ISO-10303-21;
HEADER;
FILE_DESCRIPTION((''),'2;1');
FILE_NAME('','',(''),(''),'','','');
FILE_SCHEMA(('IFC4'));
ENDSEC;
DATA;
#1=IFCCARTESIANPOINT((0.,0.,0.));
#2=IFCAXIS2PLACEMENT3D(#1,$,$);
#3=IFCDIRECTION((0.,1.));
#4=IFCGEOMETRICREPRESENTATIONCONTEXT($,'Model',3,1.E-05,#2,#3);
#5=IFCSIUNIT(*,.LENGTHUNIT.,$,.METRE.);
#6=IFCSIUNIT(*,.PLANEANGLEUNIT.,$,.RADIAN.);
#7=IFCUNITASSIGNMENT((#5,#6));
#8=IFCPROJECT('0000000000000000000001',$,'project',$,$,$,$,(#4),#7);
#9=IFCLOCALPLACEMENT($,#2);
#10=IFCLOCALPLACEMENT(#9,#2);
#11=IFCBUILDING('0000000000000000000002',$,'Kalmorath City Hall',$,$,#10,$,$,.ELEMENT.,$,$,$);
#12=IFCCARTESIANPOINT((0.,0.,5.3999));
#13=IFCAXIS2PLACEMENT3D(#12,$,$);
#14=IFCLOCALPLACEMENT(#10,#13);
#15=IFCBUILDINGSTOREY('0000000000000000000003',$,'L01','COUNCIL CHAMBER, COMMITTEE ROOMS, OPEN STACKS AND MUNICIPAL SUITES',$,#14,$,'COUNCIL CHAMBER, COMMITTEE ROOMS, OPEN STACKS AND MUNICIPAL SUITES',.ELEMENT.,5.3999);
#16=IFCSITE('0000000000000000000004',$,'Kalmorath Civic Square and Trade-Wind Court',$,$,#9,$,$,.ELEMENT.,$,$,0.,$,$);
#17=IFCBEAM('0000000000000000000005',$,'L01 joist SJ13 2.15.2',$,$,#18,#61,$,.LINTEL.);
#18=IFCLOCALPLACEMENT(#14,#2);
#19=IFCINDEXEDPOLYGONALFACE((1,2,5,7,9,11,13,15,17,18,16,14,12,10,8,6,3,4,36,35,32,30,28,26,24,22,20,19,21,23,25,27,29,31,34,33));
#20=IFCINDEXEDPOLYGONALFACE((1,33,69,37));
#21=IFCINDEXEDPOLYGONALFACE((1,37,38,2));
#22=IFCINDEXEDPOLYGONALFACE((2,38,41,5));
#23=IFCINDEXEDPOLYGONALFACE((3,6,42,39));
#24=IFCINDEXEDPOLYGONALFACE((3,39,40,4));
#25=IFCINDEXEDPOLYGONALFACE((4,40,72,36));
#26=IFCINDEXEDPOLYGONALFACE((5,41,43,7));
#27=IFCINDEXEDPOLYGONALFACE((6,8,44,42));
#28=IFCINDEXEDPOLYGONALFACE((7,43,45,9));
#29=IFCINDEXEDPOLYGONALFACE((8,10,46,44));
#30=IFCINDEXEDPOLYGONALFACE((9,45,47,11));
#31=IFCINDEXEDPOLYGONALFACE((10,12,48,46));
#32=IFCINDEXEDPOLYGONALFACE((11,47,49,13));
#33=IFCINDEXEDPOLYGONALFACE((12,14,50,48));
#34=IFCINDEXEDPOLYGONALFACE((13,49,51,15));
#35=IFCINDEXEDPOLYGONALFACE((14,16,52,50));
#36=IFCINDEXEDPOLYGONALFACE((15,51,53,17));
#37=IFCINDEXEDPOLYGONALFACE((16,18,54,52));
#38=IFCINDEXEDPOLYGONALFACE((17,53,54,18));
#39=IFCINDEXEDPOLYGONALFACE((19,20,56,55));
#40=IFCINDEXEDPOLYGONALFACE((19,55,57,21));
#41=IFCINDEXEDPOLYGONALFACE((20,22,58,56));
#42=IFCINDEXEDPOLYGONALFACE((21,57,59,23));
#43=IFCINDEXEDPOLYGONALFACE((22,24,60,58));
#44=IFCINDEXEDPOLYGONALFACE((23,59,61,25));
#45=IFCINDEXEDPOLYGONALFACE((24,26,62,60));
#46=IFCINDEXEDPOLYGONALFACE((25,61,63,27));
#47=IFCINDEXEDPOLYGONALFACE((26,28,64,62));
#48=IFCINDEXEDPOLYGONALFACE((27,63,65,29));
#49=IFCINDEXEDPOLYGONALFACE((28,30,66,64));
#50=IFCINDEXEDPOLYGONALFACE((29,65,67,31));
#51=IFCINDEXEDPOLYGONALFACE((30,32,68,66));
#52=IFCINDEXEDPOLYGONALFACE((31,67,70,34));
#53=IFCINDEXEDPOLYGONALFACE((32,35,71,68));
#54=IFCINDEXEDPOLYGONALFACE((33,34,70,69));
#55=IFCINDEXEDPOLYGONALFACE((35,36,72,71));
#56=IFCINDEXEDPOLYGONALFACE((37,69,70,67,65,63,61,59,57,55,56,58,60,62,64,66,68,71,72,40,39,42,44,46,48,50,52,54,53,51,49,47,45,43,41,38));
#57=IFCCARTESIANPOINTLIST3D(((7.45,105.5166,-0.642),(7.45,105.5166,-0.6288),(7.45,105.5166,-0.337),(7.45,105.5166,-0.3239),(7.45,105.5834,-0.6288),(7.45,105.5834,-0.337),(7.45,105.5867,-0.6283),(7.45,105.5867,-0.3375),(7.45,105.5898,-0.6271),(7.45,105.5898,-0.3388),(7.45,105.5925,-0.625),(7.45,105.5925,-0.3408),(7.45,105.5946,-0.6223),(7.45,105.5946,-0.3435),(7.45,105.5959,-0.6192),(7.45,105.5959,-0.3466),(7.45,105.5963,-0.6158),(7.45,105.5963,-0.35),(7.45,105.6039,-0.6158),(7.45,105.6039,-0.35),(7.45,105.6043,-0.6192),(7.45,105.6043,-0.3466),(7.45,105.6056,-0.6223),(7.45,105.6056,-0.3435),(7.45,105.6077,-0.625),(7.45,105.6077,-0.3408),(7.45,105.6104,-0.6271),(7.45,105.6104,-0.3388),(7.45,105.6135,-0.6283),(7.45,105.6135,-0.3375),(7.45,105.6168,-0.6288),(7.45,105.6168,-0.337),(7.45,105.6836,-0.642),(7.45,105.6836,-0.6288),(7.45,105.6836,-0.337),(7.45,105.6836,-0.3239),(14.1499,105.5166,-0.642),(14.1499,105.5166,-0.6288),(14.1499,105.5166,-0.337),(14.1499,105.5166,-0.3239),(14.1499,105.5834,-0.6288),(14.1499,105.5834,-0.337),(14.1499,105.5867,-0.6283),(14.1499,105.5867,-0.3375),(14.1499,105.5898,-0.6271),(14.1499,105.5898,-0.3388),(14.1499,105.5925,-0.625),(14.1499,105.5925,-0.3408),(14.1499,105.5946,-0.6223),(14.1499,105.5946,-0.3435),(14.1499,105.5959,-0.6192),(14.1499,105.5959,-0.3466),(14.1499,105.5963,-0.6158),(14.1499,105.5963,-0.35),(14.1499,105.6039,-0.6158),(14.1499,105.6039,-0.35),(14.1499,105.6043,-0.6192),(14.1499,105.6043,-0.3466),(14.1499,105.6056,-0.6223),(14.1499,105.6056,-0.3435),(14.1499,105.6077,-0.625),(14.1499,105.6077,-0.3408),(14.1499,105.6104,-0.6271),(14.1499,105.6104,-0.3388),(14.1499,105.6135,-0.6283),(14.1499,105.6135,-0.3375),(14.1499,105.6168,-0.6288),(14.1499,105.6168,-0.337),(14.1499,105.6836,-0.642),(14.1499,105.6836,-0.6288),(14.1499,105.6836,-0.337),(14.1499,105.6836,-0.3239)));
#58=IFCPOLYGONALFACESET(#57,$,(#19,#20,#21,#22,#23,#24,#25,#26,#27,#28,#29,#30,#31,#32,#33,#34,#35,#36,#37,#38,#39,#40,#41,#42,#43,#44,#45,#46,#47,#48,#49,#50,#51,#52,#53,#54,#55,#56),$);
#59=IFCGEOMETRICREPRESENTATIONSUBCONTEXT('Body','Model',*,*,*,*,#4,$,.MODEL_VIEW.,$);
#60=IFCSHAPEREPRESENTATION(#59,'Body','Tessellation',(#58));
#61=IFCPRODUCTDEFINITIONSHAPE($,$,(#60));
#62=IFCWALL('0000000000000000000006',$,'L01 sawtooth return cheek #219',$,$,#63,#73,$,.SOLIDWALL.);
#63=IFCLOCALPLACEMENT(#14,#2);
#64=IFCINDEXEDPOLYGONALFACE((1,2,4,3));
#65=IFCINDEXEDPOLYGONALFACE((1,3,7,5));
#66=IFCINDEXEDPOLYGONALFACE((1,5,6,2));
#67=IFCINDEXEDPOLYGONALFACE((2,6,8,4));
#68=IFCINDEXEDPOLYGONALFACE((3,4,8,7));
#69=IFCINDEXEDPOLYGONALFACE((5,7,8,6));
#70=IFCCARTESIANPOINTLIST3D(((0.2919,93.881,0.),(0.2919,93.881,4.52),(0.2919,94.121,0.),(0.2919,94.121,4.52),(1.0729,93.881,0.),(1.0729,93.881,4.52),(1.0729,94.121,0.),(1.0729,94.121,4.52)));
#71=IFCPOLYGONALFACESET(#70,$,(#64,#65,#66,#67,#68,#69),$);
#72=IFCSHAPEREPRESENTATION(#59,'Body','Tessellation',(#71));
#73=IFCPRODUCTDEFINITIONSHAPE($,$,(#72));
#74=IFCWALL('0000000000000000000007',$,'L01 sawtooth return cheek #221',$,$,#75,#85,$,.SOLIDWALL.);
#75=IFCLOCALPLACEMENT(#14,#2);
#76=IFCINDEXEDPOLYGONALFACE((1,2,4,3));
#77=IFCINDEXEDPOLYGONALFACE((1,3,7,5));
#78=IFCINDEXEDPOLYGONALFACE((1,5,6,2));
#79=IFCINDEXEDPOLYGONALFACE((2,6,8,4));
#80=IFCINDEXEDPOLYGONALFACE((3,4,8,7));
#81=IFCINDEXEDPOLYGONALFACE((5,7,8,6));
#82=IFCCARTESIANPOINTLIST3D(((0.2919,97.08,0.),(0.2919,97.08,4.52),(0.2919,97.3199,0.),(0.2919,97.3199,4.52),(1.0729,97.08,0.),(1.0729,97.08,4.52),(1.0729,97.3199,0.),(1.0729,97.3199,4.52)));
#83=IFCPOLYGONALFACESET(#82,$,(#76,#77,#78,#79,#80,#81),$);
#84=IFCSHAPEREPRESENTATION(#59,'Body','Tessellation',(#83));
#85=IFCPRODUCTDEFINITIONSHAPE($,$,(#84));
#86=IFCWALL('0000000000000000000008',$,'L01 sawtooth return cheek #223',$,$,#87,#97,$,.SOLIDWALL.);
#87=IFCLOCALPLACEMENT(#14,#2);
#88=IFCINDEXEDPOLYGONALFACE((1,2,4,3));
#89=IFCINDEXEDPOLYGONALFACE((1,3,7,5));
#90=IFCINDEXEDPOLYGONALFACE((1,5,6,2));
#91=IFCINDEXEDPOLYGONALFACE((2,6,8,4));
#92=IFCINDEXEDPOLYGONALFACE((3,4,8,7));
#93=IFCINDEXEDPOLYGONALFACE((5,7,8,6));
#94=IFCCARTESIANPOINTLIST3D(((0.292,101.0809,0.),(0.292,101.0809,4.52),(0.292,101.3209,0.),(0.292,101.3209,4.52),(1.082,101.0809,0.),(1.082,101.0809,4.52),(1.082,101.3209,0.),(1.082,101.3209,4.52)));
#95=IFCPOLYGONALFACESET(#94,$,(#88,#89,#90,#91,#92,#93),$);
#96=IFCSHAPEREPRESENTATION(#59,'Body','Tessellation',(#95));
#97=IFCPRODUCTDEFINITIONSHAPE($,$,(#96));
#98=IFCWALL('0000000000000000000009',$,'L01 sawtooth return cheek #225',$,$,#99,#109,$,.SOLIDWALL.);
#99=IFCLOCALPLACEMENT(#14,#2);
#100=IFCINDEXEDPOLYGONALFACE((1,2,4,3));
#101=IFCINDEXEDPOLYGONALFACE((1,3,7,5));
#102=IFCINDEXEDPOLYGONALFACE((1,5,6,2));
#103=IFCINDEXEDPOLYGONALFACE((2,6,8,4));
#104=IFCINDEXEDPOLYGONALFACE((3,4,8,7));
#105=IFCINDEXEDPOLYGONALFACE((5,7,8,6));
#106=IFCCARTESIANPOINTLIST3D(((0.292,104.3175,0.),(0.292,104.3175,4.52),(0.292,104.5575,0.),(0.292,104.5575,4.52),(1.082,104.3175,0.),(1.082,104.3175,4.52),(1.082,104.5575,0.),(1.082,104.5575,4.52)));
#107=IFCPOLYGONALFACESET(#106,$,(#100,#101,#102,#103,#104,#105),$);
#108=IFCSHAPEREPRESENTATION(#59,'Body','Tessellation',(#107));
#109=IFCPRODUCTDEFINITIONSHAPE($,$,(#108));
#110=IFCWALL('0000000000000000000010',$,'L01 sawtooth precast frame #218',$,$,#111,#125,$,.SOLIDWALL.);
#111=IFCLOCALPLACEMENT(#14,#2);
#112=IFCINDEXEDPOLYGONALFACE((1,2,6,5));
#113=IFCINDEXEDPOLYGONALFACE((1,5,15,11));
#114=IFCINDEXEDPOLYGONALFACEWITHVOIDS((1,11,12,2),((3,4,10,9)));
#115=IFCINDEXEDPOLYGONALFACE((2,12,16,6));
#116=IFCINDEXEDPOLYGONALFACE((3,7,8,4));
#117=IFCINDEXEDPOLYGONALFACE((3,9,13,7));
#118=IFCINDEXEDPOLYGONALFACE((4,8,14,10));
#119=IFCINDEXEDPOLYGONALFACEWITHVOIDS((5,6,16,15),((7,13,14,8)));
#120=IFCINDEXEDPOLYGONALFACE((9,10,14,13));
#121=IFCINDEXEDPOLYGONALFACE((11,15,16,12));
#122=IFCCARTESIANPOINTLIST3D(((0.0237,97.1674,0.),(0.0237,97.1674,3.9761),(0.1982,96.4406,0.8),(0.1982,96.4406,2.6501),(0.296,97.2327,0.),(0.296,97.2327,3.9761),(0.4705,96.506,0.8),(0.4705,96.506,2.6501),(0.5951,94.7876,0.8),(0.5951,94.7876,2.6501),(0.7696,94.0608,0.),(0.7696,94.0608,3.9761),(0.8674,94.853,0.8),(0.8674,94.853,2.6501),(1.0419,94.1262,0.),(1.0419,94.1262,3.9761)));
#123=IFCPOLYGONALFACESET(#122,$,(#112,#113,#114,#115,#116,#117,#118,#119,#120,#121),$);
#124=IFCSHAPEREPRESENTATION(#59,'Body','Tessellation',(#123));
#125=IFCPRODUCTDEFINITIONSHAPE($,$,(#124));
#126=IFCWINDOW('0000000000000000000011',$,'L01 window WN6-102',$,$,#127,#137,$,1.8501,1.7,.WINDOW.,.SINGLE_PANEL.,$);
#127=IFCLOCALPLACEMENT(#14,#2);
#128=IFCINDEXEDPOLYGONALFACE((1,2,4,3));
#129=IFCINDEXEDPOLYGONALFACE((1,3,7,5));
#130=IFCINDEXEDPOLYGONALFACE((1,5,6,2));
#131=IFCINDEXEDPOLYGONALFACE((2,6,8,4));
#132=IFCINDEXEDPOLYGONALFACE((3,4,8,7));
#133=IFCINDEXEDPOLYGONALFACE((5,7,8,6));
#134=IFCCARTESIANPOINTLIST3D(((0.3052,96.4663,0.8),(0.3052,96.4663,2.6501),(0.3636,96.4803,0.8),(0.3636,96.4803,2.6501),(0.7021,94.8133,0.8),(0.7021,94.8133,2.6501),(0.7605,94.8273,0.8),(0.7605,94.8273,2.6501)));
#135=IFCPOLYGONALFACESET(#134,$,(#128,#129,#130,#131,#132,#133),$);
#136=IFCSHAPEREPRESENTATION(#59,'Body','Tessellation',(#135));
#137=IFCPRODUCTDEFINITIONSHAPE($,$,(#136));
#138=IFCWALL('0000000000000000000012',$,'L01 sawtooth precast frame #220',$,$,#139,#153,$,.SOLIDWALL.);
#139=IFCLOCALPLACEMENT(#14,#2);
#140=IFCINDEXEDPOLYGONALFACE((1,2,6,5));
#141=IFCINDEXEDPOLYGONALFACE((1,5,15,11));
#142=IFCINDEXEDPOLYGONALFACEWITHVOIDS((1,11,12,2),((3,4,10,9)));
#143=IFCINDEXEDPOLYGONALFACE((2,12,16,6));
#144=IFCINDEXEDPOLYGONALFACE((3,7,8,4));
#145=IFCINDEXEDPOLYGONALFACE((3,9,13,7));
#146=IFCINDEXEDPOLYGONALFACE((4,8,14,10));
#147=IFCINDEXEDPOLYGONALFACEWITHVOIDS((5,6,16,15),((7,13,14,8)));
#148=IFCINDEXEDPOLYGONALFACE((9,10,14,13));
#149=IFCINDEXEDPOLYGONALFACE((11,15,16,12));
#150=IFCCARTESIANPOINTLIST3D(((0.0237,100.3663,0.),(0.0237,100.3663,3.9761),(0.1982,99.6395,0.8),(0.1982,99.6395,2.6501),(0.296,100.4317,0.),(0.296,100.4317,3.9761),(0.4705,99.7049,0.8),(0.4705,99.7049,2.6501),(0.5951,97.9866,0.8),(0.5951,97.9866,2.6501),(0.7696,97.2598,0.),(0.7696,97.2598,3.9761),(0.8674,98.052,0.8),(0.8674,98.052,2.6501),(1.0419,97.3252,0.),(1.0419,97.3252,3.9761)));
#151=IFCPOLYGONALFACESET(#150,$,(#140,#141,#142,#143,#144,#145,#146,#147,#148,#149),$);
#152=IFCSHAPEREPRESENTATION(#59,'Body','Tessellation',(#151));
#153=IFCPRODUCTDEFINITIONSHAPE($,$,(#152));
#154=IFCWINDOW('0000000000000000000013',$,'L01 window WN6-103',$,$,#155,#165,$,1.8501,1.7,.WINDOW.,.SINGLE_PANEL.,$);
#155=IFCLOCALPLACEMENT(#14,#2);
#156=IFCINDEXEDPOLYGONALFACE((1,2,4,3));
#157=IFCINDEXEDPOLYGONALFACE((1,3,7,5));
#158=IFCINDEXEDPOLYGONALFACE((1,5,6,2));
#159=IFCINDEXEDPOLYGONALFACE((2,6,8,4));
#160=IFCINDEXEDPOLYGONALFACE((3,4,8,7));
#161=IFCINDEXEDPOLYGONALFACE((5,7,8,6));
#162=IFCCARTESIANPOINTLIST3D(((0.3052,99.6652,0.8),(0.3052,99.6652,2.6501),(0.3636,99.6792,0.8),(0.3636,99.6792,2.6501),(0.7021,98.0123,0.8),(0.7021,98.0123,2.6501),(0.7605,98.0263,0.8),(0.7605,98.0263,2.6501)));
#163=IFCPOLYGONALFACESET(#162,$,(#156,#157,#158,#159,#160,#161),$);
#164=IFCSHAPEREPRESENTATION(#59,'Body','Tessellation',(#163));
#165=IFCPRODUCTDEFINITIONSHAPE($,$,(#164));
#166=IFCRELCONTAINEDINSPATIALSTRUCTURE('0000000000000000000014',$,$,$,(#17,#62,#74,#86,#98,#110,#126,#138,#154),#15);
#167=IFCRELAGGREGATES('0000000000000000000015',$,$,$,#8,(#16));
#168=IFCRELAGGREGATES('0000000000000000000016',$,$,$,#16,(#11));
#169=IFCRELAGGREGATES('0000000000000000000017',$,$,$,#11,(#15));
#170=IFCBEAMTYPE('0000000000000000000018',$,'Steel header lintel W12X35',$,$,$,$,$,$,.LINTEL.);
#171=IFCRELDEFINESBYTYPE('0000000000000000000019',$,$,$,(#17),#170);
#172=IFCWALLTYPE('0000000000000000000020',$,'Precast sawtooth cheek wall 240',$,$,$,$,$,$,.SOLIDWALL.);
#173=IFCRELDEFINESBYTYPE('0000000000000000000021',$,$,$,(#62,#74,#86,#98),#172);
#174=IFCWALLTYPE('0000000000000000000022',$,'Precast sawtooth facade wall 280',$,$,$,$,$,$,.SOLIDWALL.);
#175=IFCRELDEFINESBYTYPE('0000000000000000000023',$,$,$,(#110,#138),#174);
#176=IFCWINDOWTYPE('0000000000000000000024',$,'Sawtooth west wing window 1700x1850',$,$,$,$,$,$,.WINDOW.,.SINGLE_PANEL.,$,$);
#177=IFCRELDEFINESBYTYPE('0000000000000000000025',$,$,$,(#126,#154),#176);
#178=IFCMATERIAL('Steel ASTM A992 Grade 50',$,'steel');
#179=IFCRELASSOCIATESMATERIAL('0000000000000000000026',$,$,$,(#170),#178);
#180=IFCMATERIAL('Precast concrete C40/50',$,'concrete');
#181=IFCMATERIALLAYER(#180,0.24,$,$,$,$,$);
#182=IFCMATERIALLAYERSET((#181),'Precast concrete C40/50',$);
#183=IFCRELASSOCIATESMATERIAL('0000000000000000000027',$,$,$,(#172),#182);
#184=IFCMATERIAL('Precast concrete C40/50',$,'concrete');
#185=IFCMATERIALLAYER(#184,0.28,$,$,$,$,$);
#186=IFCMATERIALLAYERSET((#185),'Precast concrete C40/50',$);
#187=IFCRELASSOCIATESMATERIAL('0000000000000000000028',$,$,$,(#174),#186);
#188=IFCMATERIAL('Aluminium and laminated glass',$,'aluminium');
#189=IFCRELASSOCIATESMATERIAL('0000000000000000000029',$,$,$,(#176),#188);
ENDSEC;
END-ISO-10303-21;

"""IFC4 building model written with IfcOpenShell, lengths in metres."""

from ifc_helpers import new_model, si_unit, direction, frame, frame_2d, origin, origin_2d, place, context, subcontext, project, spatial, rectangle, i_section, extrude, material, layer, layer_set, material_profile, profile_set, type_object, element, fill, save


model = new_model("IFC4")

# Units and contexts
model_context = context("Model", 3, precision=1e-05, world=origin(), true_north=direction((0.0, 1.0)))
body_context = subcontext(model_context, "Body", "Model", "MODEL_VIEW")
ifc_project = project(units=[si_unit("LENGTHUNIT", "METRE"), si_unit("PLANEANGLEUNIT", "RADIAN")], contexts=[model_context])

# Site, building, storey
site_placement = place(None, origin())
site = spatial("IfcSite", under=ifc_project, at=site_placement, Name="Kalmorath Civic Square and Trade-Wind Court", CompositionType="ELEMENT", RefElevation=0.0)
building_placement = place(site_placement, origin())
building = spatial("IfcBuilding", under=site, at=building_placement, Name="Kalmorath City Hall", CompositionType="ELEMENT")
storey_placement = place(building_placement, frame((0.0, 0.0, 5.3999)))
storey = spatial("IfcBuildingStorey", under=building, at=storey_placement, Name="L01", Description="COUNCIL CHAMBER, COMMITTEE ROOMS, OPEN STACKS AND MUNICIPAL SUITES", LongName="COUNCIL CHAMBER, COMMITTEE ROOMS, OPEN STACKS AND MUNICIPAL SUITES", CompositionType="ELEMENT", Elevation=5.3999)

# Beam
ifc_material_1 = material(Name="Steel ASTM A992 Grade 50", Category="steel")
ifc_material_profile_1 = material_profile(ifc_material_1, i_section(OverallWidth=0.167, OverallDepth=0.3181, WebThickness=0.0076, FlangeThickness=0.0132, FilletRadius=0.0129, at=origin_2d()), Name="W12X35")
ifc_profile_set_1 = profile_set([ifc_material_profile_1], Name="Steel ASTM A992 Grade 50")
beam_type_1 = type_object("IfcBeamType", Name="Steel header lintel W12X35", PredefinedType="LINTEL", material=ifc_profile_set_1)
for number, where, z_axis, x_axis, name in (
    (1, (7.45, 105.6001, -0.4829), (1.0, 0.0, 0.0), (0.0, 1.0, 0.0), "L01 joist SJ13 2.15.2"),
):
    element("IfcBeam", number, at=place(storey_placement, frame(where, z_axis=z_axis, x_axis=x_axis)), inside=storey, type_object=beam_type_1, Name=name, PredefinedType="LINTEL", context=body_context, shape_type="SweptSolid", body=[
        extrude(i_section(OverallWidth=0.167, OverallDepth=0.3181, WebThickness=0.0076, FlangeThickness=0.0132, FilletRadius=0.0129, at=origin_2d()), origin(), (0.0, 0.0, 1.0), 6.7),
    ])

# Walls
ifc_material_2 = material(Name="Precast concrete C40/50", Category="concrete")
ifc_layer_1 = layer(ifc_material_2, 0.24)
ifc_layer_set_1 = layer_set([ifc_layer_1], Name="Precast concrete C40/50")
wall_type_1 = type_object("IfcWallType", Name="Precast sawtooth cheek wall 240", PredefinedType="SOLIDWALL", material=ifc_layer_set_1)
for number, where, z_axis, x_axis, name in (
    (2, (1.073, 94.001, 0.0), (0.0, 0.0, 1.0), (-1.0, 0.0, 0.0), "L01 sawtooth return cheek #219"),
    (3, (1.073, 97.2, 0.0), (0.0, 0.0, 1.0), (-1.0, 0.0, 0.0), "L01 sawtooth return cheek #221"),
):
    element("IfcWall", number, at=place(storey_placement, frame(where, z_axis=z_axis, x_axis=x_axis)), inside=storey, type_object=wall_type_1, Name=name, PredefinedType="SOLIDWALL", context=body_context, shape_type="SweptSolid", body=[
        extrude(rectangle(XDim=0.781, YDim=0.24, at=frame_2d((0.3906, 0.0))), origin(), (0.0, 0.0, 1.0), 4.52),
    ])
for number, where, z_axis, x_axis, name in (
    (4, (1.082, 101.2009, 0.0), (0.0, 0.0, 1.0), (-1.0, 0.0, 0.0), "L01 sawtooth return cheek #223"),
    (5, (1.082, 104.4375, 0.0), (0.0, 0.0, 1.0), (-1.0, 0.0, 0.0), "L01 sawtooth return cheek #225"),
):
    element("IfcWall", number, at=place(storey_placement, frame(where, z_axis=z_axis, x_axis=x_axis)), inside=storey, type_object=wall_type_1, Name=name, PredefinedType="SOLIDWALL", context=body_context, shape_type="SweptSolid", body=[
        extrude(rectangle(XDim=0.79, YDim=0.24, at=frame_2d((0.395, 0.0))), origin(), (0.0, 0.0, 1.0), 4.52),
    ])

# Walls, openings, windows
ifc_material_3 = material(Name="Precast concrete C40/50", Category="concrete")
ifc_layer_2 = layer(ifc_material_3, 0.28)
ifc_layer_set_2 = layer_set([ifc_layer_2], Name="Precast concrete C40/50")
wall_type_2 = type_object("IfcWallType", Name="Precast sawtooth facade wall 280", PredefinedType="SOLIDWALL", material=ifc_layer_set_2)
wall_1_placement = place(storey_placement, frame((0.9058, 94.0935, 0.0), z_axis=(0.0, 0.0, 1.0), x_axis=(-0.233463, 0.972366, 0.0)))
wall_1 = element("IfcWall", 6, at=wall_1_placement, inside=storey, type_object=wall_type_2, Name="L01 sawtooth precast frame #218", PredefinedType="SOLIDWALL", context=body_context, shape_type="SweptSolid", body=[
    extrude(rectangle(XDim=3.1948, YDim=0.28, at=frame_2d((1.5974, 0.0))), origin(), (0.0, 0.0, 1.0), 3.9761),
])
opening_1_placement = place(wall_1_placement, frame((0.7473, 0.0, 0.8)))
opening_1 = element("IfcOpeningElement", 7, at=opening_1_placement, cuts=wall_1, PredefinedType="OPENING", context=body_context, shape_type="SweptSolid", body=[
    extrude(rectangle(XDim=1.7, YDim=1.8501, at=frame_2d((0.8501, 0.925))), frame((0.0, 0.1499, 0.0), z_axis=(0.0, -1.0, 0.0), x_axis=(1.0, 0.0, 0.0)), (0.0, 0.0, 1.0), 0.3),
])
ifc_material_4 = material(Name="Aluminium and laminated glass", Category="aluminium")
window_type = type_object("IfcWindowType", Name="Sawtooth west wing window 1700x1850", PartitioningType="SINGLE_PANEL", PredefinedType="WINDOW", material=ifc_material_4)
window_1_placement = place(opening_1_placement, origin())
window_1 = element("IfcWindow", 8, at=window_1_placement, inside=storey, type_object=window_type, Name="L01 window WN6-102", OverallHeight=1.8501, OverallWidth=1.7, PartitioningType="SINGLE_PANEL", PredefinedType="WINDOW", context=body_context, shape_type="SweptSolid", body=[
    extrude(rectangle(XDim=1.7, YDim=1.8501, at=frame_2d((0.8501, 0.925))), frame((0.0, 0.03, 0.0), z_axis=(0.0, -1.0, 0.0), x_axis=(1.0, 0.0, 0.0)), (0.0, 0.0, 1.0), 0.0601),
])
fill(opening_1, window_1)
wall_2_placement = place(storey_placement, frame((0.9058, 97.2925, 0.0), z_axis=(0.0, 0.0, 1.0), x_axis=(-0.233463, 0.972366, 0.0)))
wall_2 = element("IfcWall", 9, at=wall_2_placement, inside=storey, type_object=wall_type_2, Name="L01 sawtooth precast frame #220", PredefinedType="SOLIDWALL", context=body_context, shape_type="SweptSolid", body=[
    extrude(rectangle(XDim=3.1948, YDim=0.28, at=frame_2d((1.5974, 0.0))), origin(), (0.0, 0.0, 1.0), 3.9761),
])
opening_2_placement = place(wall_2_placement, frame((0.7473, 0.0, 0.8)))
opening_2 = element("IfcOpeningElement", 10, at=opening_2_placement, cuts=wall_2, PredefinedType="OPENING", context=body_context, shape_type="SweptSolid", body=[
    extrude(rectangle(XDim=1.7, YDim=1.8501, at=frame_2d((0.8501, 0.925))), frame((0.0, 0.1499, 0.0), z_axis=(0.0, -1.0, 0.0), x_axis=(1.0, 0.0, 0.0)), (0.0, 0.0, 1.0), 0.3),
])
window_2_placement = place(opening_2_placement, origin())
window_2 = element("IfcWindow", 11, at=window_2_placement, inside=storey, type_object=window_type, Name="L01 window WN6-103", OverallHeight=1.8501, OverallWidth=1.7, PartitioningType="SINGLE_PANEL", PredefinedType="WINDOW", context=body_context, shape_type="SweptSolid", body=[
    extrude(rectangle(XDim=1.7, YDim=1.8501, at=frame_2d((0.8501, 0.925))), frame((0.0, 0.03, 0.0), z_axis=(0.0, -1.0, 0.0), x_axis=(1.0, 0.0, 0.0)), (0.0, 0.0, 1.0), 0.0601),
])
fill(opening_2, window_2)

save(model, "model.ifc")
